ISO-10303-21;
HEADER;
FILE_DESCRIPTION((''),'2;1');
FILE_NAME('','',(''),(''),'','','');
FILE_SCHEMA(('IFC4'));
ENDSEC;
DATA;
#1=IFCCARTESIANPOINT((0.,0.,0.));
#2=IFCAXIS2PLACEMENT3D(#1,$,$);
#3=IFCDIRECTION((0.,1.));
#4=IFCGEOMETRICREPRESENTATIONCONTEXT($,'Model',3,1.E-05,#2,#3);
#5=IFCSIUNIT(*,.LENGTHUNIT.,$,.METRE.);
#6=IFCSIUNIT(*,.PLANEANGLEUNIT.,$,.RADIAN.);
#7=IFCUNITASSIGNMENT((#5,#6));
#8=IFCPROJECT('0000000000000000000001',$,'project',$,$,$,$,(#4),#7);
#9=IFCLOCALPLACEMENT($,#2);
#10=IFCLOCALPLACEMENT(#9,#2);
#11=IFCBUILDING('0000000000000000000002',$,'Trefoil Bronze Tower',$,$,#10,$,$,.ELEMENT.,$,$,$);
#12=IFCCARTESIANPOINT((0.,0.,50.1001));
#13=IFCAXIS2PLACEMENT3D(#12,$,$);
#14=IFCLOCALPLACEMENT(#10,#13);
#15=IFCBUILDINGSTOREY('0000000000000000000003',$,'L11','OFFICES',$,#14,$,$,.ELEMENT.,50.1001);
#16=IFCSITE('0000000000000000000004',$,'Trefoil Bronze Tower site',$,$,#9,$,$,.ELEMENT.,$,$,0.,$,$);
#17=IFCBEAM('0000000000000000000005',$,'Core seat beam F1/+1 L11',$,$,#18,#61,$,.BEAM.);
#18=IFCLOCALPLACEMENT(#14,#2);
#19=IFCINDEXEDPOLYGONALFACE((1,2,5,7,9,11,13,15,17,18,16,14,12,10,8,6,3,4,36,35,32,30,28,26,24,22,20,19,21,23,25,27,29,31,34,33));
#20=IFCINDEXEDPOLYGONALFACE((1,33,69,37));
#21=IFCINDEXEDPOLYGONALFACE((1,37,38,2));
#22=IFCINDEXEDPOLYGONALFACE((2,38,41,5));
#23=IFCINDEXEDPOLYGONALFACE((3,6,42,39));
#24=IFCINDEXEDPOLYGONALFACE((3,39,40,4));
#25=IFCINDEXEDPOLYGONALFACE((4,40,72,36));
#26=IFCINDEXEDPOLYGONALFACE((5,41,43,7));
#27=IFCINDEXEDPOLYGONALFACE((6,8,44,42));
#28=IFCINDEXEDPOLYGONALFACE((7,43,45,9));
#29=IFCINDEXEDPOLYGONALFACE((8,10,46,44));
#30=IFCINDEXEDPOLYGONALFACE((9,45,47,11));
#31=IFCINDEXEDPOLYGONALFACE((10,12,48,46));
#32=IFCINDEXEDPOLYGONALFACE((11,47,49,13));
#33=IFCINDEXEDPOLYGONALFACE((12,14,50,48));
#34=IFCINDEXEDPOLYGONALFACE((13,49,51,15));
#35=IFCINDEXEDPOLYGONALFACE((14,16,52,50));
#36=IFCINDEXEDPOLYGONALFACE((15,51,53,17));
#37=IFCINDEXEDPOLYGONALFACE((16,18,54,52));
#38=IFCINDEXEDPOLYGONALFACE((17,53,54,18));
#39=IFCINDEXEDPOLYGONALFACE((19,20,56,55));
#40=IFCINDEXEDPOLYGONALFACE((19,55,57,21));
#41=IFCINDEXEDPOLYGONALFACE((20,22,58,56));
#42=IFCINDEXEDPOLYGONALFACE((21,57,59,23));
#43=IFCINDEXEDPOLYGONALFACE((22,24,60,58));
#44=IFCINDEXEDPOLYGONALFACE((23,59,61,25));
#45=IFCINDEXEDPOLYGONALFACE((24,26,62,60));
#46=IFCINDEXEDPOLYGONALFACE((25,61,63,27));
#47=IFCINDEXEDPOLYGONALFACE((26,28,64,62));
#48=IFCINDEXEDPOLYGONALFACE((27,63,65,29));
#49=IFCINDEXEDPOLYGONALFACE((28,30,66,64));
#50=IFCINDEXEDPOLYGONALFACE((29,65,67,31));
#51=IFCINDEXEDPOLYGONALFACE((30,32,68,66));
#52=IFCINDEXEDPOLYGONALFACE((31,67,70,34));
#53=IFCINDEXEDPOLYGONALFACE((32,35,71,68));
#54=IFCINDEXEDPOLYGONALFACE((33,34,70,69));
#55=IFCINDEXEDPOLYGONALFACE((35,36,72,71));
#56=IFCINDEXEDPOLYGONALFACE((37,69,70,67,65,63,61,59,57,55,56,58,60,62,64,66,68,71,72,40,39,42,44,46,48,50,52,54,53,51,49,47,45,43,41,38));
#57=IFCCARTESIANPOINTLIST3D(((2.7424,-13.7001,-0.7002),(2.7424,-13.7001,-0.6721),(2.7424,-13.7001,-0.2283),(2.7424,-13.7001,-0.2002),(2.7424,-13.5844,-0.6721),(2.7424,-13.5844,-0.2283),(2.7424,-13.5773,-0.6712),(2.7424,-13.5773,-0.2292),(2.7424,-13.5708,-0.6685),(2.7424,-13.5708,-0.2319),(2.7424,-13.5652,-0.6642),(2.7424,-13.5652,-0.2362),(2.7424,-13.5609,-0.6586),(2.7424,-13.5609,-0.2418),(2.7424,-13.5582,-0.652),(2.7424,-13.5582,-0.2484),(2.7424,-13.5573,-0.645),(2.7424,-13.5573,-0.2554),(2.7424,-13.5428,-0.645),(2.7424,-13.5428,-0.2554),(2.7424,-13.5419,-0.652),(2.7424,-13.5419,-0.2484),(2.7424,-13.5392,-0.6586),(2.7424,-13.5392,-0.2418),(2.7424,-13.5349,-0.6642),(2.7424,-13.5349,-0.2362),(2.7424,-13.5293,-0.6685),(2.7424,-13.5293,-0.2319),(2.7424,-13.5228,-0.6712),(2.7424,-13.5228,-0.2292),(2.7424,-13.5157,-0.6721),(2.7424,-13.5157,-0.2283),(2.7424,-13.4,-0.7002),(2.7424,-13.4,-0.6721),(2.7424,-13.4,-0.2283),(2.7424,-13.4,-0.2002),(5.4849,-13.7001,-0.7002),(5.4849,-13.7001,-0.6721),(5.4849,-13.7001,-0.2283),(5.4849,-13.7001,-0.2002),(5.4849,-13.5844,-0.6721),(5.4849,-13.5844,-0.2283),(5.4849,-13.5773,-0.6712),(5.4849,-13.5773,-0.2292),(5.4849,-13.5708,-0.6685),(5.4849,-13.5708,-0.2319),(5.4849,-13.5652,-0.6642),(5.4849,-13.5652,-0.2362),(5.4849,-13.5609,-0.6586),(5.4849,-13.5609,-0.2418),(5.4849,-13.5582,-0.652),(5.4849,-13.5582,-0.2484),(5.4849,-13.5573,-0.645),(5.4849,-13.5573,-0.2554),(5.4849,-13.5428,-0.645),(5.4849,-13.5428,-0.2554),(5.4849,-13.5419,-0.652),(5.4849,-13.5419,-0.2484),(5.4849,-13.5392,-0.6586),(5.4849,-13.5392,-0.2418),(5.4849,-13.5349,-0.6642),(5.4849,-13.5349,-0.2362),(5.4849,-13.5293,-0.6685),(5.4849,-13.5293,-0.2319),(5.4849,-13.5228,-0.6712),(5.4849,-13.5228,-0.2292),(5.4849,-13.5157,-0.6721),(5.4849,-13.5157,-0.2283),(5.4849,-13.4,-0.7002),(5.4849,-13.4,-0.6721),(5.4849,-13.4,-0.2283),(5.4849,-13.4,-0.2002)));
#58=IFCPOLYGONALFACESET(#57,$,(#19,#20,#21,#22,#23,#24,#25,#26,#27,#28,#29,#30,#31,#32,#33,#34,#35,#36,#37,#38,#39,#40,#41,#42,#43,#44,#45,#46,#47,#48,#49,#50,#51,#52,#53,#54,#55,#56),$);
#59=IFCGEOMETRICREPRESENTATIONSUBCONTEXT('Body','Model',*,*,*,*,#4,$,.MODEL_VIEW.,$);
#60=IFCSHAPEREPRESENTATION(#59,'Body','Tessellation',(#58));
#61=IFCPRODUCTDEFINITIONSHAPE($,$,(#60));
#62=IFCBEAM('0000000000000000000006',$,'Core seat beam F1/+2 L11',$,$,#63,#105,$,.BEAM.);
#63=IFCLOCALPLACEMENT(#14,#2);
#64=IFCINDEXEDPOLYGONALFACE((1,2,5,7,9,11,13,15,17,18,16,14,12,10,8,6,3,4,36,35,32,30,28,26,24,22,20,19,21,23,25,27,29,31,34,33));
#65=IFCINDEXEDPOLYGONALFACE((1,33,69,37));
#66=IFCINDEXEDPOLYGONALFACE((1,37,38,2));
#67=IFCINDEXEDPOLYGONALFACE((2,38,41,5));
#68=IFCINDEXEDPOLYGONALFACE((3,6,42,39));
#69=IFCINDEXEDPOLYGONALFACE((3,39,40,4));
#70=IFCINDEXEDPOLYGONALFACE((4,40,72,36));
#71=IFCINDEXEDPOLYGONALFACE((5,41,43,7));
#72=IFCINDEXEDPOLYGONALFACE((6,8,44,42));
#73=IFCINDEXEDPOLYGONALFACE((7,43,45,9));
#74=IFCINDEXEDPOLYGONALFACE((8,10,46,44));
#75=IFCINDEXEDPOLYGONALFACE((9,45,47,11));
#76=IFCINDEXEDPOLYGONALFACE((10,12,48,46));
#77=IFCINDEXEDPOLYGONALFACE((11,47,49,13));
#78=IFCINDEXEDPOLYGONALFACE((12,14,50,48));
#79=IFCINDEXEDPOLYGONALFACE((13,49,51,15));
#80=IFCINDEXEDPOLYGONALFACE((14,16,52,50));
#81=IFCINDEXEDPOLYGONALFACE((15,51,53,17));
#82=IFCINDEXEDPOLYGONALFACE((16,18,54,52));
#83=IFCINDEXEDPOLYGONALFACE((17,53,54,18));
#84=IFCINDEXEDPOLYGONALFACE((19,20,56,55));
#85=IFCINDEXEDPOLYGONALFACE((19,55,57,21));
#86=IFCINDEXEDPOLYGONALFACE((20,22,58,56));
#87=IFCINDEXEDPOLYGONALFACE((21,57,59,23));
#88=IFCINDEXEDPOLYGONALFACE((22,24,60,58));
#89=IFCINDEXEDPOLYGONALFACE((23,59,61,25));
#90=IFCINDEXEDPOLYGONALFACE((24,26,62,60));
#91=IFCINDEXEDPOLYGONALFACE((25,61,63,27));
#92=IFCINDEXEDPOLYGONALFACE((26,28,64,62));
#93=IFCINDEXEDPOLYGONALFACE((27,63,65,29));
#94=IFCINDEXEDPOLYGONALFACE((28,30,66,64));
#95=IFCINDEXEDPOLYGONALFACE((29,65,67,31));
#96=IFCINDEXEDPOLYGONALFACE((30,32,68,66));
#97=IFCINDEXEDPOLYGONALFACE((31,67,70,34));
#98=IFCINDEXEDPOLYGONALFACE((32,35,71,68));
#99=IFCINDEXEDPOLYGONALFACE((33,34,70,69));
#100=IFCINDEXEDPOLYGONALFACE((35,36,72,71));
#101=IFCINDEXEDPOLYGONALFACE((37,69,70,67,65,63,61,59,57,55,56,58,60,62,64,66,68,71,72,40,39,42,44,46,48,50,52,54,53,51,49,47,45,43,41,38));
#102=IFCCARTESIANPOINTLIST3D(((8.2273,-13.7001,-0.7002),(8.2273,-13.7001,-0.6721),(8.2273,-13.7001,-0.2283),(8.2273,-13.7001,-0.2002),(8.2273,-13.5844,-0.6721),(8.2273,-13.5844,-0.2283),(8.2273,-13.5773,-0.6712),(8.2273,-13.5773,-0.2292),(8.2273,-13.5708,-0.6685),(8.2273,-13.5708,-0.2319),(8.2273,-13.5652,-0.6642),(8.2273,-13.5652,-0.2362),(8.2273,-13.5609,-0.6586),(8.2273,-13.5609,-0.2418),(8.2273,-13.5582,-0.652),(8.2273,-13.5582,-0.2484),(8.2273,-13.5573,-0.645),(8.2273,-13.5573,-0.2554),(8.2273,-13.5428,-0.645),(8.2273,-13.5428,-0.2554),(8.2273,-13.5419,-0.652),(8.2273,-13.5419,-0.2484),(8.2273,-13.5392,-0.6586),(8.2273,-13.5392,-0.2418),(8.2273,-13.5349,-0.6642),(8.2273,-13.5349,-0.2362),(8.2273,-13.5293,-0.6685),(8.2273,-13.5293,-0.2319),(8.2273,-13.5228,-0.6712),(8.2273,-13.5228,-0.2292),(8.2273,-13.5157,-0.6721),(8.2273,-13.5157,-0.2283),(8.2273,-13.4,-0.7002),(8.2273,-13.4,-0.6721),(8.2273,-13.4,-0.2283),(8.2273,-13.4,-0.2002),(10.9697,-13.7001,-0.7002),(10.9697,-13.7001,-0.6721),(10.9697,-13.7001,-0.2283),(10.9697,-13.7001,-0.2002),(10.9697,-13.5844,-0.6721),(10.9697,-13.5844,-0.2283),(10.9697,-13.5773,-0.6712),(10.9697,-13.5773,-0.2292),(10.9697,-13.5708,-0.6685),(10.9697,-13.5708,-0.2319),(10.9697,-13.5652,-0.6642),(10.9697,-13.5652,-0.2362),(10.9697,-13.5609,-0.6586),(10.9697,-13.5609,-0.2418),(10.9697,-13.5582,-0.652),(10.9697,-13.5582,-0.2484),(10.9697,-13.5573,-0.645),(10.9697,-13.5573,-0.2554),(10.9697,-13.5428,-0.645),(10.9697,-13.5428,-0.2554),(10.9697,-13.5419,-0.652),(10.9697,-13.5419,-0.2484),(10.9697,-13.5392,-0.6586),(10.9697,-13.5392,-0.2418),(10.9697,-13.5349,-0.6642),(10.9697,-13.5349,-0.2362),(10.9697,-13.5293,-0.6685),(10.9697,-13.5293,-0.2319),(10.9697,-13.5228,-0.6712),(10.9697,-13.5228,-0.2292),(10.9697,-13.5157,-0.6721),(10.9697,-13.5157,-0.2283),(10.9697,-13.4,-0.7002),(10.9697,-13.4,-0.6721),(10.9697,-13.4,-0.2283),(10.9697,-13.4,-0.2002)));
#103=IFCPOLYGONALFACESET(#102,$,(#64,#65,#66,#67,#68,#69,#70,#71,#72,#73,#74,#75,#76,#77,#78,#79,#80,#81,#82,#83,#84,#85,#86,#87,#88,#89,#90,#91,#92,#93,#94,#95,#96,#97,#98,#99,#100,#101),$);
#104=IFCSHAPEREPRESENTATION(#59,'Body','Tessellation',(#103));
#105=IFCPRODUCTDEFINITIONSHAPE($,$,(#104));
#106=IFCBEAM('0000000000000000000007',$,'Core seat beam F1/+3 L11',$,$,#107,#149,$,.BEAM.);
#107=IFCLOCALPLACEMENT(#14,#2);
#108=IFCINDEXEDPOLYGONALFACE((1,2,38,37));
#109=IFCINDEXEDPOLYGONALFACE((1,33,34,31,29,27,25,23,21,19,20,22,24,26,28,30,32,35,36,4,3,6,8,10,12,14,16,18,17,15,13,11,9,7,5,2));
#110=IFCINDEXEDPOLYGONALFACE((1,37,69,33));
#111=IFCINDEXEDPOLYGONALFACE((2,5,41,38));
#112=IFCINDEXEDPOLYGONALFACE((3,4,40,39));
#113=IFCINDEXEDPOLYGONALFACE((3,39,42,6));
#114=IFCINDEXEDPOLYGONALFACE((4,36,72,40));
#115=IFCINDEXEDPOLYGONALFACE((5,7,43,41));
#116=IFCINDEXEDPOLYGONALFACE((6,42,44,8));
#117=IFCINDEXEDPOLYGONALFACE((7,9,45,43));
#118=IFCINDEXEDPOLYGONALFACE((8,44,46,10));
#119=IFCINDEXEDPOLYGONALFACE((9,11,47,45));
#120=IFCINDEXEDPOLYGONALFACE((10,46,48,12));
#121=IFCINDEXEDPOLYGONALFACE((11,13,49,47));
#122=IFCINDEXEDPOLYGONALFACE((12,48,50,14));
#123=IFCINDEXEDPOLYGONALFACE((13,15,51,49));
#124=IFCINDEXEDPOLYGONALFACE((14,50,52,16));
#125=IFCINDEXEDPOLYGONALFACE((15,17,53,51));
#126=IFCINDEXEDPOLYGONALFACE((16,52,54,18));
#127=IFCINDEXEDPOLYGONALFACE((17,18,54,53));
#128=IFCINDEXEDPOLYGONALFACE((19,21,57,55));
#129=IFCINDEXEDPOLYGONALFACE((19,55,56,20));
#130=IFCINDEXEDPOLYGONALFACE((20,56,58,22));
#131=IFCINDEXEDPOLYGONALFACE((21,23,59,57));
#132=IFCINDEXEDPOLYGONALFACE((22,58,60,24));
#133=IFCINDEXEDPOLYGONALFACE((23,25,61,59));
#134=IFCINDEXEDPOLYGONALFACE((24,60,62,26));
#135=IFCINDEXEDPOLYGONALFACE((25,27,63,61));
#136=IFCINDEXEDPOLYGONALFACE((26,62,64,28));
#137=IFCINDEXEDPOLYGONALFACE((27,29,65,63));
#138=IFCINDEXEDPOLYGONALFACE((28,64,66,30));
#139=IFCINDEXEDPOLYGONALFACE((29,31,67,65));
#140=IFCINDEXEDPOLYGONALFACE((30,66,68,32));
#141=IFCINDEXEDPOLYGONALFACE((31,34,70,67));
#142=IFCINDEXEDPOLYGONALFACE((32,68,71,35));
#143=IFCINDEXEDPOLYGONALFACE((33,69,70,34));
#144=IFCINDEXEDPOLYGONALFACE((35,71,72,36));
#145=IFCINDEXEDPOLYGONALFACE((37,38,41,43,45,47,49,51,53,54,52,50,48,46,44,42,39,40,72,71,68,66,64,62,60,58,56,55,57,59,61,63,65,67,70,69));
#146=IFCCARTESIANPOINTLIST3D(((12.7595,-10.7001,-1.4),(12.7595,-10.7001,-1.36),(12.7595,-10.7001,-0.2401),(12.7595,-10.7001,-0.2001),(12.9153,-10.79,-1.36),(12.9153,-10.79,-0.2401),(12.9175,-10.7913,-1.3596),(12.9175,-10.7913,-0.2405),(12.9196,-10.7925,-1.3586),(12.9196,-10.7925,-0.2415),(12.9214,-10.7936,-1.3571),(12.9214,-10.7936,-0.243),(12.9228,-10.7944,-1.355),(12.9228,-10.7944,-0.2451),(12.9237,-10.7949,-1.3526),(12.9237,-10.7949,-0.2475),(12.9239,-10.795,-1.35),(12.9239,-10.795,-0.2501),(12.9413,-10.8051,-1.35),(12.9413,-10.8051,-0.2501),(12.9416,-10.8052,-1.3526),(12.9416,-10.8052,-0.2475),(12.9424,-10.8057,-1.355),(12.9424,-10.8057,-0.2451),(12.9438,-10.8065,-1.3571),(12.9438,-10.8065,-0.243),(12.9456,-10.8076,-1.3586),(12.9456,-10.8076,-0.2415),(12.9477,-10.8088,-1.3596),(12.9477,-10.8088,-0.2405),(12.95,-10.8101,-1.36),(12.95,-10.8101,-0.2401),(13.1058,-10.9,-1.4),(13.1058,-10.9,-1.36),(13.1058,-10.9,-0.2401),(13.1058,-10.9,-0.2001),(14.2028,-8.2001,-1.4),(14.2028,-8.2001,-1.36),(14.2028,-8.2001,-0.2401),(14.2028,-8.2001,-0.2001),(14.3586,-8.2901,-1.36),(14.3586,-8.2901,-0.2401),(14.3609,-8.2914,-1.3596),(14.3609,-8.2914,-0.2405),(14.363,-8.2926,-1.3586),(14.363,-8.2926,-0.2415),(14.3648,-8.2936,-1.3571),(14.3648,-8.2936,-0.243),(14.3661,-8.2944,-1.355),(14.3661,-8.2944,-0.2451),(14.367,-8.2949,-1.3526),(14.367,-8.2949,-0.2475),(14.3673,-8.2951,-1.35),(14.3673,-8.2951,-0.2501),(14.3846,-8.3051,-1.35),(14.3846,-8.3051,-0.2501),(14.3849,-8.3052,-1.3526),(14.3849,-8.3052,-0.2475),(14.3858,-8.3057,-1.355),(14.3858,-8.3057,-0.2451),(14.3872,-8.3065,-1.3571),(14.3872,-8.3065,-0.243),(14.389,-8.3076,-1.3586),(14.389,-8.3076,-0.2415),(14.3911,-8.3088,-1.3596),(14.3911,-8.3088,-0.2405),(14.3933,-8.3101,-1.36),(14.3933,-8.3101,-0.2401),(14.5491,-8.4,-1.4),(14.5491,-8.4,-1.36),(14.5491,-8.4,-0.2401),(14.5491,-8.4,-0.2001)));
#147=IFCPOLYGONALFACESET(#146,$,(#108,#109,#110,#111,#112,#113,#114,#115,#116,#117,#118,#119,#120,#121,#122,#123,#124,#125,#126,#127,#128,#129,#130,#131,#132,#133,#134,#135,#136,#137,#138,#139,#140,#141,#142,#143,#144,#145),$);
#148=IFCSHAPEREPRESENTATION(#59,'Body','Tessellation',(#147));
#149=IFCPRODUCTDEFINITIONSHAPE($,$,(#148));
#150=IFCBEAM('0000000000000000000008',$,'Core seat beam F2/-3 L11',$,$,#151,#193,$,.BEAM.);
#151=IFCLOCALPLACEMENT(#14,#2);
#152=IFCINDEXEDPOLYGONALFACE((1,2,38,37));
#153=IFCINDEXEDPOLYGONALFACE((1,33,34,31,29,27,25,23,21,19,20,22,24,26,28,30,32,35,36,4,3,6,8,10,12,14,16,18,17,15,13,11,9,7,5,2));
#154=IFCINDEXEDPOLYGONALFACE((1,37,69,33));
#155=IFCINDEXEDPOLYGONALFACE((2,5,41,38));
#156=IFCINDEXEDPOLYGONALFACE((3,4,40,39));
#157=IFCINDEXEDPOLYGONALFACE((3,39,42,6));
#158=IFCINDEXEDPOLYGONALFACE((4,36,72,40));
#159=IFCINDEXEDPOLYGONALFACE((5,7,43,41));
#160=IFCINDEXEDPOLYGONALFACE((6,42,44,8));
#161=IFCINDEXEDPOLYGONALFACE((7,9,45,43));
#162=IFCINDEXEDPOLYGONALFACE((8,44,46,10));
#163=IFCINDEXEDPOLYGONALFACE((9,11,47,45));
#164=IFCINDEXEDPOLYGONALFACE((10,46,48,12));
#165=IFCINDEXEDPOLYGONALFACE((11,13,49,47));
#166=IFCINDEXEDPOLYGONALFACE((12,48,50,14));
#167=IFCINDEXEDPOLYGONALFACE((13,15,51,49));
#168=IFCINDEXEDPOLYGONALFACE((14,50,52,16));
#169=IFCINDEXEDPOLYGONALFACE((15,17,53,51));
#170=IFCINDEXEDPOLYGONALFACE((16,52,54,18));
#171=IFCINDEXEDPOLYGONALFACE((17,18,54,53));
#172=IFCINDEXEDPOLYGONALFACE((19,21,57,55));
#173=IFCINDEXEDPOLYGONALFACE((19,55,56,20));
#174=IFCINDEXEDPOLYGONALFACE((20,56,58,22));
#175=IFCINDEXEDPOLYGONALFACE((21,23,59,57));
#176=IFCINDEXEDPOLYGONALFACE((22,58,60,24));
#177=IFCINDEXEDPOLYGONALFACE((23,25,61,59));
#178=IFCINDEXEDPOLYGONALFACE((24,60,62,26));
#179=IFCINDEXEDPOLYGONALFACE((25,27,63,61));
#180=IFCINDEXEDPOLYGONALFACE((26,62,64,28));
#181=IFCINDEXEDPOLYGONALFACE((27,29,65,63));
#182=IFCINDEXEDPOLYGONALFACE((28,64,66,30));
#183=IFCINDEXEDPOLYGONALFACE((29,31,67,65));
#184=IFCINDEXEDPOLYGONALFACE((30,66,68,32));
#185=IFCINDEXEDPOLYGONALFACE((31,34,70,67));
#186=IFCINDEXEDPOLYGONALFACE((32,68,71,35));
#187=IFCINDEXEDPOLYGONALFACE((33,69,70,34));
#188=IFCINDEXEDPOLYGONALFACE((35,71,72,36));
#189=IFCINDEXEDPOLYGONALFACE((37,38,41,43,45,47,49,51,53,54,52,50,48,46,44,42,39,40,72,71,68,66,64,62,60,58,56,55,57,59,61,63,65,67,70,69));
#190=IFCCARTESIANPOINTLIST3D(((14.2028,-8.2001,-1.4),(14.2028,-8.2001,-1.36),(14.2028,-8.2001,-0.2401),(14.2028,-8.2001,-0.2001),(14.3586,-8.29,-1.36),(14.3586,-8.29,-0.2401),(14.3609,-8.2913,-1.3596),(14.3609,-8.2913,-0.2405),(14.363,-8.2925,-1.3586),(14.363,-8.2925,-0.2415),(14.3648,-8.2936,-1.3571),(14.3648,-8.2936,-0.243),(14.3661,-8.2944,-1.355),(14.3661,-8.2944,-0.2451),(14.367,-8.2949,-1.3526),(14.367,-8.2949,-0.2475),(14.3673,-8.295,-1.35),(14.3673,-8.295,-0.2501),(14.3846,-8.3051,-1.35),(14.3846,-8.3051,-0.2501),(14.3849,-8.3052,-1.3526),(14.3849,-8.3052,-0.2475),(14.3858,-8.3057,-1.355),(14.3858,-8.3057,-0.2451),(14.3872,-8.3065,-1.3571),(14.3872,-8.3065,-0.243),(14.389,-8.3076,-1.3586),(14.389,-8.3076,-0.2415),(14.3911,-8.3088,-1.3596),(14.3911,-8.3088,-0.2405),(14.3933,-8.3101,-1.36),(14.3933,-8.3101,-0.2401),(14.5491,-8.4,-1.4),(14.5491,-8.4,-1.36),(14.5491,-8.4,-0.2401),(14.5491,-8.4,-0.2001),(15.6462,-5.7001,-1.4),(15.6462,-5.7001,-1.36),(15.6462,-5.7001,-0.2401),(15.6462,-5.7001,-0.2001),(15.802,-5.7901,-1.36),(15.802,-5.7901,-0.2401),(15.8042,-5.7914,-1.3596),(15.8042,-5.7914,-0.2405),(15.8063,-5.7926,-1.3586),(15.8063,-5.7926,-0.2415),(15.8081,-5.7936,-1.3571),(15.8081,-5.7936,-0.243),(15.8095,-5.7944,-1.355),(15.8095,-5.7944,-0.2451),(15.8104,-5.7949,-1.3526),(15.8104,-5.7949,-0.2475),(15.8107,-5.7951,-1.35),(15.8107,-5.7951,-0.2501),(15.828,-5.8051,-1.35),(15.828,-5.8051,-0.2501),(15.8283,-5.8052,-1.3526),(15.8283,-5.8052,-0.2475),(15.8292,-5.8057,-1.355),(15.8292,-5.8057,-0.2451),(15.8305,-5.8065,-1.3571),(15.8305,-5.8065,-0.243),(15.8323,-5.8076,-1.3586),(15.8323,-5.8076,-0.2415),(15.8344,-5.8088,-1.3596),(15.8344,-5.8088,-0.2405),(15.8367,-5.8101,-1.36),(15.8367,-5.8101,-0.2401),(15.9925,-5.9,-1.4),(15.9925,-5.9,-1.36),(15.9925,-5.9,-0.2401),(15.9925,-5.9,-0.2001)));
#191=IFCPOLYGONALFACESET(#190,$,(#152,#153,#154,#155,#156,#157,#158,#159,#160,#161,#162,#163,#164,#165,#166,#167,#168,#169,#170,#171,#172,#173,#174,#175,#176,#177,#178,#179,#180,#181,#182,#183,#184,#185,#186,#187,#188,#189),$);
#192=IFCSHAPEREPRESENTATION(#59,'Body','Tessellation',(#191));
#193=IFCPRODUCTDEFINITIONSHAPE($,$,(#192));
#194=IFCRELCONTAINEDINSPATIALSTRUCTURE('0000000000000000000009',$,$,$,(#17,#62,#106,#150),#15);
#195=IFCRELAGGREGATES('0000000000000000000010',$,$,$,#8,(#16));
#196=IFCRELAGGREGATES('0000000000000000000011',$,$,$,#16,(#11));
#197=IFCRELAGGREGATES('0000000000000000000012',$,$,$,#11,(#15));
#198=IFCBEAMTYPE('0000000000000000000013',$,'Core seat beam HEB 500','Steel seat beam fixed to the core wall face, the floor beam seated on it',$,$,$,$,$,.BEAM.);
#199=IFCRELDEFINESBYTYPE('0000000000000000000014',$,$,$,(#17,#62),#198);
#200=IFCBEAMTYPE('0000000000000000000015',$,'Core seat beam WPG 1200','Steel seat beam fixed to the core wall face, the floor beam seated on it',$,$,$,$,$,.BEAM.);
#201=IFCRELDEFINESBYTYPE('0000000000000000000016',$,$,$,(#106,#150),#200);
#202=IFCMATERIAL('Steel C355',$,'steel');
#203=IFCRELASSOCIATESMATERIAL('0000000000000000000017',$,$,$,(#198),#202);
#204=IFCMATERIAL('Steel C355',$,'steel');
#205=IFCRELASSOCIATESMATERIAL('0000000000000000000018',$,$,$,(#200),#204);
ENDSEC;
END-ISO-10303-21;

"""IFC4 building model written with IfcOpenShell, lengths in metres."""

from ifc_helpers import new_model, si_unit, direction, frame, origin, origin_2d, place, context, subcontext, project, spatial, i_section, extrude, material, material_profile, profile_set, type_object, element, save


model = new_model("IFC4")

# Units and contexts
model_context = context("Model", 3, precision=1e-05, world=origin(), true_north=direction((0.0, 1.0)))
body_context = subcontext(model_context, "Body", "Model", "MODEL_VIEW")
ifc_project = project(units=[si_unit("LENGTHUNIT", "METRE"), si_unit("PLANEANGLEUNIT", "RADIAN")], contexts=[model_context])

# Site, building, storey
site_placement = place(None, origin())
site = spatial("IfcSite", under=ifc_project, at=site_placement, Name="Trefoil Bronze Tower site", CompositionType="ELEMENT", RefElevation=0.0)
building_placement = place(site_placement, origin())
building = spatial("IfcBuilding", under=site, at=building_placement, Name="Trefoil Bronze Tower", CompositionType="ELEMENT")
storey_placement = place(building_placement, frame((0.0, 0.0, 50.1001)))
storey = spatial("IfcBuildingStorey", under=building, at=storey_placement, Name="L11", Description="OFFICES", CompositionType="ELEMENT", Elevation=50.1001)

# Beams
ifc_material_1 = material(Name="Steel C355", Category="steel")
ifc_material_profile_1 = material_profile(ifc_material_1, i_section(OverallWidth=0.3, OverallDepth=0.5, WebThickness=0.0144, FlangeThickness=0.0281, FilletRadius=0.0271, at=origin_2d()), Name="HEB 500")
ifc_profile_set_1 = profile_set([ifc_material_profile_1], Name="Steel C355")
beam_type_1 = type_object("IfcBeamType", Name="Core seat beam HEB 500", Description="Steel seat beam fixed to the core wall face, the floor beam seated on it", PredefinedType="BEAM", material=ifc_profile_set_1)
for number, where, z_axis, x_axis, name in (
    (1, (2.7424, -13.55, -0.4502), (1.0, 0.0, 0.0), (0.0, 1.0, 0.0), "Core seat beam F1/+1 L11"),
    (2, (8.2273, -13.55, -0.4502), (1.0, 0.0, 0.0), (0.0, 1.0, 0.0), "Core seat beam F1/+2 L11"),
):
    element("IfcBeam", number, at=place(storey_placement, frame(where, z_axis=z_axis, x_axis=x_axis)), inside=storey, type_object=beam_type_1, Name=name, PredefinedType="BEAM", context=body_context, shape_type="SweptSolid", body=[
        extrude(i_section(OverallWidth=0.3, OverallDepth=0.5, WebThickness=0.0144, FlangeThickness=0.0281, FilletRadius=0.0271, at=origin_2d()), origin(), (0.0, 0.0, 1.0), 2.7424),
    ])
ifc_material_2 = material(Name="Steel C355", Category="steel")
ifc_material_profile_2 = material_profile(ifc_material_2, i_section(OverallWidth=0.3999, OverallDepth=1.2, WebThickness=0.02, FlangeThickness=0.04, FilletRadius=0.01, at=origin_2d()), Name="WPG 1200")
ifc_profile_set_2 = profile_set([ifc_material_profile_2], Name="Steel C355")
beam_type_2 = type_object("IfcBeamType", Name="Core seat beam WPG 1200", Description="Steel seat beam fixed to the core wall face, the floor beam seated on it", PredefinedType="BEAM", material=ifc_profile_set_2)
for number, where, z_axis, x_axis, name in (
    (3, (12.9326, -10.8, -0.8), (0.499996, 0.866028, 0.0), (-0.866028, 0.499996, 0.0), "Core seat beam F1/+3 L11"),
    (4, (14.376, -8.3, -0.8), (0.499996, 0.866028, 0.0), (-0.866028, 0.499996, 0.0), "Core seat beam F2/-3 L11"),
):
    element("IfcBeam", number, at=place(storey_placement, frame(where, z_axis=z_axis, x_axis=x_axis)), inside=storey, type_object=beam_type_2, Name=name, PredefinedType="BEAM", context=body_context, shape_type="SweptSolid", body=[
        extrude(i_section(OverallWidth=0.3999, OverallDepth=1.2, WebThickness=0.02, FlangeThickness=0.04, FilletRadius=0.01, at=origin_2d()), origin(), (0.0, 0.0, 1.0), 2.8867),
    ])

save(model, "model.ifc")
